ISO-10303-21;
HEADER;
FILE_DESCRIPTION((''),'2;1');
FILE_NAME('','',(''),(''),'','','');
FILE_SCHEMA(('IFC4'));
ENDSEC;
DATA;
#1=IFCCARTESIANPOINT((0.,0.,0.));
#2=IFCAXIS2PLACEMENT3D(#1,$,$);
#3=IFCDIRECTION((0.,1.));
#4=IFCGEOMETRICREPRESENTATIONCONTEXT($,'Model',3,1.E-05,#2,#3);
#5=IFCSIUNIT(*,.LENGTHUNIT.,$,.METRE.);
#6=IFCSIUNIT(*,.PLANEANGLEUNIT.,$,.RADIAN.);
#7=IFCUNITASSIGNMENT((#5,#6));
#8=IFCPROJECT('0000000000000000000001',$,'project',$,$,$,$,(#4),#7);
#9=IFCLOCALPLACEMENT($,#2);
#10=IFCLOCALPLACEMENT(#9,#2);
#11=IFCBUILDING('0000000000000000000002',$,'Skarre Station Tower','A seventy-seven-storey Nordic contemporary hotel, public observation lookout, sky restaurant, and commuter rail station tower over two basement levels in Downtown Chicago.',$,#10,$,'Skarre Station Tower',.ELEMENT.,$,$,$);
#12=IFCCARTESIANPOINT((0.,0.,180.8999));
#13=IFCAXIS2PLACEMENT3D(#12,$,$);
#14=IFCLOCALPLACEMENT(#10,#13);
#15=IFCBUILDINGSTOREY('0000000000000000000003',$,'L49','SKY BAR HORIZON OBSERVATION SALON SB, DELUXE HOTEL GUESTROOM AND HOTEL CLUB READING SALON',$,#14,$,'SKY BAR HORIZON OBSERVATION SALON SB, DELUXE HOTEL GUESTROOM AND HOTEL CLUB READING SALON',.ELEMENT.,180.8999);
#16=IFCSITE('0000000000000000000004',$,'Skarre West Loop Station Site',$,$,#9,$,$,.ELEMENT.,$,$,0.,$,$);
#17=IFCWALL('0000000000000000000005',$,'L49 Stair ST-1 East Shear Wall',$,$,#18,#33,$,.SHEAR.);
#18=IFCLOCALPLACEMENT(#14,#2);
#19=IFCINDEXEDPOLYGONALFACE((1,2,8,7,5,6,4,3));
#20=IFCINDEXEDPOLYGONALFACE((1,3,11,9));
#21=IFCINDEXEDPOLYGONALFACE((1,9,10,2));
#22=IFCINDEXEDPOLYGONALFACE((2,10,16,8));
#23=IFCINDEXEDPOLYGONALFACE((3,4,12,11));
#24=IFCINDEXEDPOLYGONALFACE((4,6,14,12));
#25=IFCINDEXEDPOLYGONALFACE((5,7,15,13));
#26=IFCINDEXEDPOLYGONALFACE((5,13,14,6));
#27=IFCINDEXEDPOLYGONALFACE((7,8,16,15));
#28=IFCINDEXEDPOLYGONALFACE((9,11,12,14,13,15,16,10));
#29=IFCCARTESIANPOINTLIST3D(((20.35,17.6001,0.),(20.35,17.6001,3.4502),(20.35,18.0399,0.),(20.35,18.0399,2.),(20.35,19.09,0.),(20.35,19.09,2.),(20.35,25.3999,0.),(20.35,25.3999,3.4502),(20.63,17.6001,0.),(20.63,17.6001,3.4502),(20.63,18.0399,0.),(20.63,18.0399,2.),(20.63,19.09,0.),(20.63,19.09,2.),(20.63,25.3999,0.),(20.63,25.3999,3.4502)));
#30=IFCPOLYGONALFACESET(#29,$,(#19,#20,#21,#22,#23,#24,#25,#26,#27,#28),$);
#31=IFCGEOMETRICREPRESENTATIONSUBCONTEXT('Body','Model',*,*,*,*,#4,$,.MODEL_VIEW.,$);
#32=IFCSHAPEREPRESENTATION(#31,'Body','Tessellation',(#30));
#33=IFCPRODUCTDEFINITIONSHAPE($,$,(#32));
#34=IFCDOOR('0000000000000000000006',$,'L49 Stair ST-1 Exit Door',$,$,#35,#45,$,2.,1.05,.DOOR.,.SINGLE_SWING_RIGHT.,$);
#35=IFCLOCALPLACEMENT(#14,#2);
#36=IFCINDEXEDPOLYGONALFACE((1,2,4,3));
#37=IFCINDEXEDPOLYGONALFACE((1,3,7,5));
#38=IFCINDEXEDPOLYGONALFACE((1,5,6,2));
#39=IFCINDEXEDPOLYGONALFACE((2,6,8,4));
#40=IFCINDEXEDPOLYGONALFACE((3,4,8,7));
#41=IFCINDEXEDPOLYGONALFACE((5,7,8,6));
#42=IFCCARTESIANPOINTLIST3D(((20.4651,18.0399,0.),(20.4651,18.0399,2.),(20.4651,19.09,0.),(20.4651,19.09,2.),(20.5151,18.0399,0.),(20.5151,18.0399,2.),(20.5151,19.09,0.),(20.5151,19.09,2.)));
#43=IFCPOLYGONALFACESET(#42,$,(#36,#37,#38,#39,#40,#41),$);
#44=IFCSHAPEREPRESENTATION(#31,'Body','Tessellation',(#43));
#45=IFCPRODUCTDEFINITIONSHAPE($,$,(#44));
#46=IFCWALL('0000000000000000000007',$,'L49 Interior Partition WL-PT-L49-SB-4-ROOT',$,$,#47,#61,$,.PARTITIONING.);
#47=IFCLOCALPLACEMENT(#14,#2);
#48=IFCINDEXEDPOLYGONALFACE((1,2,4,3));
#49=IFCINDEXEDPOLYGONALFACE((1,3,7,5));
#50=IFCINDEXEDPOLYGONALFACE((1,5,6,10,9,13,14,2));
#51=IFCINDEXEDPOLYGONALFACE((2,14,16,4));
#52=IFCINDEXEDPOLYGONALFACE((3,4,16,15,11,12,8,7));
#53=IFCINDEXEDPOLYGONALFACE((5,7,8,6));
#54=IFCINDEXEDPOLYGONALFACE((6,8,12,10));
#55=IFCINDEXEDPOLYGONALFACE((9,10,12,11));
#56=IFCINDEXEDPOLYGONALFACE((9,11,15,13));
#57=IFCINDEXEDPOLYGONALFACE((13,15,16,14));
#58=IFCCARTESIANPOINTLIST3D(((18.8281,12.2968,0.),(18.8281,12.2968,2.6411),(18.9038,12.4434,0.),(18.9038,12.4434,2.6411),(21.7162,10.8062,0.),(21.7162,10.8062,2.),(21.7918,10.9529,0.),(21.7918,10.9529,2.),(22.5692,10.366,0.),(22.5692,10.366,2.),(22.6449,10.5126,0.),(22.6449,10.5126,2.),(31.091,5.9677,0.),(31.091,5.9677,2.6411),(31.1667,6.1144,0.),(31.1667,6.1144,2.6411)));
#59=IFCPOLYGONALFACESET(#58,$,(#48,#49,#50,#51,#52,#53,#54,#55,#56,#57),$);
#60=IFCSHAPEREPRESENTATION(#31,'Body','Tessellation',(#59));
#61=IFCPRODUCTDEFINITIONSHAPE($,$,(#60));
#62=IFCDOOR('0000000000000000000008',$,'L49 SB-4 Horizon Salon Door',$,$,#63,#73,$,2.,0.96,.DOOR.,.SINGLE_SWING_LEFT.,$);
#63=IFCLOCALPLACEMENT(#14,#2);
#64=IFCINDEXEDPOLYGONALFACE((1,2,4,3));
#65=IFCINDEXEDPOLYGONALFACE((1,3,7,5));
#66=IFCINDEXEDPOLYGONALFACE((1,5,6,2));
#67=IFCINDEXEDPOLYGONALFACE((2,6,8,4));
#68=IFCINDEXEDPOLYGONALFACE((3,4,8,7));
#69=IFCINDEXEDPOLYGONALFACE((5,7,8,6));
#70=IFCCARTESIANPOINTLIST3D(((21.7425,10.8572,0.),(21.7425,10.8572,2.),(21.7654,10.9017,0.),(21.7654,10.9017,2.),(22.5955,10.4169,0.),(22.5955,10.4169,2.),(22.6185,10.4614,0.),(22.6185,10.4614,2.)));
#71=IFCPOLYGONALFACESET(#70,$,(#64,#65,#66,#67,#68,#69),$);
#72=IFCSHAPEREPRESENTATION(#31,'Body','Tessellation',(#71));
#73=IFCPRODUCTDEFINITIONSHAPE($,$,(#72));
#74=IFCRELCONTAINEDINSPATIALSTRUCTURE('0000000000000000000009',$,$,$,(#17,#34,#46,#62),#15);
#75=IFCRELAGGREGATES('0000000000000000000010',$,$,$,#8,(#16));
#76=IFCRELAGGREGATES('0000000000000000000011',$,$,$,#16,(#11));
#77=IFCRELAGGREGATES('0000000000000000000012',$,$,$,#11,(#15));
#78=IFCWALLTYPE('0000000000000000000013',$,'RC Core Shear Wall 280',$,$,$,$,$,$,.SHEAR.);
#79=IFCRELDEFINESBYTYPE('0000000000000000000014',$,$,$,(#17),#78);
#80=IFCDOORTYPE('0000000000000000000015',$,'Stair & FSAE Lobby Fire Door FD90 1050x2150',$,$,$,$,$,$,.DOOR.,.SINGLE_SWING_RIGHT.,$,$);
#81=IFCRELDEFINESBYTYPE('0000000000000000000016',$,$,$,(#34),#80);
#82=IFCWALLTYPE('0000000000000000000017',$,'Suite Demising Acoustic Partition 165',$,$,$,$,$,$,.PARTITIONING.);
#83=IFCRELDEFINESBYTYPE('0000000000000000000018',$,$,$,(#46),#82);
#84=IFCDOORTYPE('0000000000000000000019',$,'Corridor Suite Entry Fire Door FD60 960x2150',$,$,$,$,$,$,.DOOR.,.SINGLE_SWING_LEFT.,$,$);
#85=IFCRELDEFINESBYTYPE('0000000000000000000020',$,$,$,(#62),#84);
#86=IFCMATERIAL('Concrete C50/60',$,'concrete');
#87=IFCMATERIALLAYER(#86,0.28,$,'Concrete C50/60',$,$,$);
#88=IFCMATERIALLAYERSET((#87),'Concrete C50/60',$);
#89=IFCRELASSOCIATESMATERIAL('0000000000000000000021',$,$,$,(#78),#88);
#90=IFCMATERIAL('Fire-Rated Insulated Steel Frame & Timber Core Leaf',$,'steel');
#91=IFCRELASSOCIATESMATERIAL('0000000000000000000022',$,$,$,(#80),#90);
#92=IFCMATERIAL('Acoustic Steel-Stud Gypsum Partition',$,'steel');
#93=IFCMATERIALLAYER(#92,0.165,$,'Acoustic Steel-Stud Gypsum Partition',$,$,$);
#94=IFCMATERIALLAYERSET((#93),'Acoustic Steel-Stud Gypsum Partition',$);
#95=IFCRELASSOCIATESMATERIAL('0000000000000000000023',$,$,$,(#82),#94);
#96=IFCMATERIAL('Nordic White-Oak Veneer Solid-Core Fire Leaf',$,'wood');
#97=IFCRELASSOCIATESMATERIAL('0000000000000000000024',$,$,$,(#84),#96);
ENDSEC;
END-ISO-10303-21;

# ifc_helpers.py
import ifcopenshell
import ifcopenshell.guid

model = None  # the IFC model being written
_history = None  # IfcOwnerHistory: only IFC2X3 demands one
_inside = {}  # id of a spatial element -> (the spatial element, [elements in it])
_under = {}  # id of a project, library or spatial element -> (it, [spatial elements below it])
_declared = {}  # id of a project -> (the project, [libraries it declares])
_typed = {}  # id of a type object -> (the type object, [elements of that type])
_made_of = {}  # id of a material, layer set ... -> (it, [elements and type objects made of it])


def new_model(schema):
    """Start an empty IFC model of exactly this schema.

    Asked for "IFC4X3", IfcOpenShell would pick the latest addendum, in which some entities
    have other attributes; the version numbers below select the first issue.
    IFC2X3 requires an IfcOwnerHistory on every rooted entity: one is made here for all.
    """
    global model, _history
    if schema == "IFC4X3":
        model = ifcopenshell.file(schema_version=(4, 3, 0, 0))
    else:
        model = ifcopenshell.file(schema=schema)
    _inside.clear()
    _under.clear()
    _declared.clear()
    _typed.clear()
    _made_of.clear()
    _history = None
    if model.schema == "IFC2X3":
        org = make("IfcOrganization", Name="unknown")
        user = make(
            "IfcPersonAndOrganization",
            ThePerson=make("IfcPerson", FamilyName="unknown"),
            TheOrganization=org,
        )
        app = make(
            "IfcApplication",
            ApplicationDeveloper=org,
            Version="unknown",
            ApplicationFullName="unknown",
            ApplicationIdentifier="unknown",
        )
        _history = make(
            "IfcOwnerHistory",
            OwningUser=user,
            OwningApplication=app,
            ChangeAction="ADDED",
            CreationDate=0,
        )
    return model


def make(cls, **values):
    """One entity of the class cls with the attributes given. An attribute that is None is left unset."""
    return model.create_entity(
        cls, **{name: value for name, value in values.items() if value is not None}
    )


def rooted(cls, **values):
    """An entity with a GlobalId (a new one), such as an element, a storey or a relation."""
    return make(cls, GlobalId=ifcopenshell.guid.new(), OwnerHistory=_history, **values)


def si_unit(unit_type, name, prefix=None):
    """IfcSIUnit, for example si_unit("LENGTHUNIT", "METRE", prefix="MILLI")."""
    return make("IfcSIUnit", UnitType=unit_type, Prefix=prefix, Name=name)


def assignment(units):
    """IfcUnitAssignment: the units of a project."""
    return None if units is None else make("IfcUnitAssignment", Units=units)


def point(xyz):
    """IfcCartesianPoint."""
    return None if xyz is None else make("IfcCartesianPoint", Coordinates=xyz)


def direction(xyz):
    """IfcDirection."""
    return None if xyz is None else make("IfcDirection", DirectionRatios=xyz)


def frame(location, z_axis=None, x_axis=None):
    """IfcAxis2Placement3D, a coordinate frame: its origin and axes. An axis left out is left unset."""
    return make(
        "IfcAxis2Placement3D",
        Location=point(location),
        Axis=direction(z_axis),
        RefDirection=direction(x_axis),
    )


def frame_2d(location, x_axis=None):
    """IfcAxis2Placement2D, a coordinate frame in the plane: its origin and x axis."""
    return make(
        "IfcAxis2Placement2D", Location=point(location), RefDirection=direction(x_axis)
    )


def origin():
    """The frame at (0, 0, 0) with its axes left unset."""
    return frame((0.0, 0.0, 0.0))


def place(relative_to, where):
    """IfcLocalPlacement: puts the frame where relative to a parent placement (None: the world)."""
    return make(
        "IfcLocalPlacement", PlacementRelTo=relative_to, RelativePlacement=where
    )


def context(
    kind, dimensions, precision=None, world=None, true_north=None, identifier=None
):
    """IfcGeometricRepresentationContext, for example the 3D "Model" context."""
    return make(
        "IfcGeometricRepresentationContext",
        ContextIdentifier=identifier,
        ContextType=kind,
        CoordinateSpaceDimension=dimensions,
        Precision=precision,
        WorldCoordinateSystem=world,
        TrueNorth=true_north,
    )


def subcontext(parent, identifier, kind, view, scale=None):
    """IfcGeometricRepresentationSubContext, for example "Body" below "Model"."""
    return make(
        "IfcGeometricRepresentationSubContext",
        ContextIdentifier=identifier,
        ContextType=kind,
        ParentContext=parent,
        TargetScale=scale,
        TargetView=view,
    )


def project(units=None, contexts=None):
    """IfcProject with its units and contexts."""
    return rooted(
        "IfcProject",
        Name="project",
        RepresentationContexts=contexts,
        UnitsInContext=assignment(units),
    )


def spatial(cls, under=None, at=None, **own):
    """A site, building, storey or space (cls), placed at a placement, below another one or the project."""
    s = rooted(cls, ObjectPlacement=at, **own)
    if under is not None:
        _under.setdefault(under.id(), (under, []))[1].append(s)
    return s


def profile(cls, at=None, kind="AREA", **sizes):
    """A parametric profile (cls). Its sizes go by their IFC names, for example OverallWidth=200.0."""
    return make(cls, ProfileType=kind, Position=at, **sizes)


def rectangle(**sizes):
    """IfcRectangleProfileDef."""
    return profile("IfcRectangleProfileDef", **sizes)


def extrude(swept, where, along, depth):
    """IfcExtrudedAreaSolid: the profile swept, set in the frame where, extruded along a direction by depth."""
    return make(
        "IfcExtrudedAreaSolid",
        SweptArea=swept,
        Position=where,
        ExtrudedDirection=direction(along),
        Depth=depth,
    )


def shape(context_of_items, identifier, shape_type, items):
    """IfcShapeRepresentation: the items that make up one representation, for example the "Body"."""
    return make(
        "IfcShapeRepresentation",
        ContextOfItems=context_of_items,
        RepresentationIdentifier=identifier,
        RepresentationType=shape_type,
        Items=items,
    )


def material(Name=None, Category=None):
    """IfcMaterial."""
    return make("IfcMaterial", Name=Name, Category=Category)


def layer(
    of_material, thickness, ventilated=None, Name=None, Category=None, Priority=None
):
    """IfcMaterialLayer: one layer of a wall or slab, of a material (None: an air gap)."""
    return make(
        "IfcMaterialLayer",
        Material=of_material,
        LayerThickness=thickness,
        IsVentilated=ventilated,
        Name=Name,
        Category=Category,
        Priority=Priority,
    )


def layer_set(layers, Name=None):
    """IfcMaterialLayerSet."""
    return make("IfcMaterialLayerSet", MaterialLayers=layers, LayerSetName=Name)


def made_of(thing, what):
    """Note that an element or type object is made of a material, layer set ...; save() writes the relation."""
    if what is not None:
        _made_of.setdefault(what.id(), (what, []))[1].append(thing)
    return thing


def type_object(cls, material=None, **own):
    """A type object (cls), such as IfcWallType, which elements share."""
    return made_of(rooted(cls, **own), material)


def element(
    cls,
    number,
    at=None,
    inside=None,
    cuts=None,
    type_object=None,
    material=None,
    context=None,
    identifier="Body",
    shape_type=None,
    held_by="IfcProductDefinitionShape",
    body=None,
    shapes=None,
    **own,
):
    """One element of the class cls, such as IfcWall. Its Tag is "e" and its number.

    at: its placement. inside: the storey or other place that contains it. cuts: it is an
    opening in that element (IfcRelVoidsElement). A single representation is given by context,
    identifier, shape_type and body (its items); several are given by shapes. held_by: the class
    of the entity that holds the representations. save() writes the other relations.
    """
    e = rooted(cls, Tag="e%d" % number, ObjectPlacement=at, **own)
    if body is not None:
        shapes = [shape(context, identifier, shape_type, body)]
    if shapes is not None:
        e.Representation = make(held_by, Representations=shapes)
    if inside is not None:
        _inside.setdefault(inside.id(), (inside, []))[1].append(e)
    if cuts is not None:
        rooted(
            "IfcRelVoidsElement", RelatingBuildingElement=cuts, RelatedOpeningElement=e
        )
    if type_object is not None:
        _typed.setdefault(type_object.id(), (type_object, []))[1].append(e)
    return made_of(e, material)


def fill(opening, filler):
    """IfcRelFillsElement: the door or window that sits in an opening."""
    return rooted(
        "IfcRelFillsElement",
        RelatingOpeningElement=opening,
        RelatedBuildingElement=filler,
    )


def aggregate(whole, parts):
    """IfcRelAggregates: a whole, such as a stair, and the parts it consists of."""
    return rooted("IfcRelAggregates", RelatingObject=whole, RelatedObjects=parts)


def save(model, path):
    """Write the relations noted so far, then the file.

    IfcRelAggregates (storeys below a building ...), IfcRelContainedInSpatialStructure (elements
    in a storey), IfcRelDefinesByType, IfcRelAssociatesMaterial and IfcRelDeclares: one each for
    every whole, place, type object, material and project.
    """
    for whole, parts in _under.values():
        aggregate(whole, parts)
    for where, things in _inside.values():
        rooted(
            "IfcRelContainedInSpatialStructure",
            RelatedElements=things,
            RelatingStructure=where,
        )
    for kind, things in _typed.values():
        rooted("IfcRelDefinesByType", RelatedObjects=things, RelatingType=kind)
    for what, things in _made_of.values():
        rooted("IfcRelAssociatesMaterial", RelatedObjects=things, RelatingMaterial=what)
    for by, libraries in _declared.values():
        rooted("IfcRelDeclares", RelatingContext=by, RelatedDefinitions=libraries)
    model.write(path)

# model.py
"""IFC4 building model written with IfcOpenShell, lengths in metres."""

from ifc_helpers import new_model, si_unit, direction, frame, frame_2d, origin, place, context, subcontext, project, spatial, rectangle, extrude, material, layer, layer_set, type_object, element, fill, save


model = new_model("IFC4")

# Units and contexts
model_context = context("Model", 3, precision=1e-05, world=origin(), true_north=direction((0.0, 1.0)))
body_context = subcontext(model_context, "Body", "Model", "MODEL_VIEW")
ifc_project = project(units=[si_unit("LENGTHUNIT", "METRE"), si_unit("PLANEANGLEUNIT", "RADIAN")], contexts=[model_context])

# Site, building, storey
site_placement = place(None, origin())
site = spatial("IfcSite", under=ifc_project, at=site_placement, Name="Skarre West Loop Station Site", CompositionType="ELEMENT", RefElevation=0.0)
building_placement = place(site_placement, origin())
building = spatial("IfcBuilding", under=site, at=building_placement, Name="Skarre Station Tower", Description="A seventy-seven-storey Nordic contemporary hotel, public observation lookout, sky restaurant, and commuter rail station tower over two basement levels in Downtown Chicago.", LongName="Skarre Station Tower", CompositionType="ELEMENT")
storey_placement = place(building_placement, frame((0.0, 0.0, 180.8999)))
storey = spatial("IfcBuildingStorey", under=building, at=storey_placement, Name="L49", Description="SKY BAR HORIZON OBSERVATION SALON SB, DELUXE HOTEL GUESTROOM AND HOTEL CLUB READING SALON", LongName="SKY BAR HORIZON OBSERVATION SALON SB, DELUXE HOTEL GUESTROOM AND HOTEL CLUB READING SALON", CompositionType="ELEMENT", Elevation=180.8999)

# Shared definitions
ifc_material_1 = material(Name="Acoustic Steel-Stud Gypsum Partition", Category="steel")

# Shared definitions
ifc_material_2 = material(Name="Concrete C50/60", Category="concrete")
ifc_layer_1 = layer(ifc_material_2, 0.28, Name="Concrete C50/60")
ifc_layer_set_1 = layer_set([ifc_layer_1], Name="Concrete C50/60")
wall_type_1 = type_object("IfcWallType", Name="RC Core Shear Wall 280", PredefinedType="SHEAR", material=ifc_layer_set_1)

# Walls, openings, doors
wall_1_placement = place(storey_placement, frame((20.49, 17.6001, 0.0), z_axis=(0.0, 0.0, 1.0), x_axis=(0.0, 1.0, 0.0)))
wall_1 = element("IfcWall", 1, at=wall_1_placement, inside=storey, type_object=wall_type_1, Name="L49 Stair ST-1 East Shear Wall", PredefinedType="SHEAR", context=body_context, shape_type="SweptSolid", body=[
    extrude(rectangle(XDim=7.7998, YDim=0.28, at=frame_2d((3.8999, 0.0))), origin(), (0.0, 0.0, 1.0), 3.4502),
])
opening_1_placement = place(wall_1_placement, frame((0.4399, 0.0, 0.0)))
opening_1 = element("IfcOpeningElement", 2, at=opening_1_placement, cuts=wall_1, PredefinedType="OPENING", context=body_context, shape_type="SweptSolid", body=[
    extrude(rectangle(XDim=1.05, YDim=2.0, at=frame_2d((0.5249, 1.0))), frame((0.0, 0.1499, 0.0), z_axis=(0.0, -1.0, 0.0), x_axis=(1.0, 0.0, 0.0)), (0.0, 0.0, 1.0), 0.3),
])
ifc_material_3 = material(Name="Fire-Rated Insulated Steel Frame & Timber Core Leaf", Category="steel")
door_type_1 = type_object("IfcDoorType", Name="Stair & FSAE Lobby Fire Door FD90 1050x2150", OperationType="SINGLE_SWING_RIGHT", PredefinedType="DOOR", material=ifc_material_3)
door_1_placement = place(opening_1_placement, origin())
door_1 = element("IfcDoor", 3, at=door_1_placement, inside=storey, type_object=door_type_1, Name="L49 Stair ST-1 Exit Door", OperationType="SINGLE_SWING_RIGHT", OverallHeight=2.0, OverallWidth=1.05, PredefinedType="DOOR", context=body_context, shape_type="SweptSolid", body=[
    extrude(rectangle(XDim=1.05, YDim=2.0, at=frame_2d((0.5249, 1.0))), frame((0.0, 0.0249, 0.0), z_axis=(0.0, -1.0, 0.0), x_axis=(1.0, 0.0, 0.0)), (0.0, 0.0, 1.0), 0.05),
])
fill(opening_1, door_1)
ifc_layer_2 = layer(ifc_material_1, 0.165, Name="Acoustic Steel-Stud Gypsum Partition")
ifc_layer_set_2 = layer_set([ifc_layer_2], Name="Acoustic Steel-Stud Gypsum Partition")
wall_type_2 = type_object("IfcWallType", Name="Suite Demising Acoustic Partition 165", PredefinedType="PARTITIONING", material=ifc_layer_set_2)
wall_2_placement = place(storey_placement, frame((18.866, 12.3701, 0.0), z_axis=(0.0, 0.0, 1.0), x_axis=(0.888625, -0.458634, 0.0)))
wall_2 = element("IfcWall", 4, at=wall_2_placement, inside=storey, type_object=wall_type_2, Name="L49 Interior Partition WL-PT-L49-SB-4-ROOT", PredefinedType="PARTITIONING", context=body_context, shape_type="SweptSolid", body=[
    extrude(rectangle(XDim=13.7998, YDim=0.165, at=frame_2d((6.8999, 0.0))), origin(), (0.0, 0.0, 1.0), 2.6411),
])
opening_2_placement = place(wall_2_placement, frame((3.25, 0.0, 0.0)))
opening_2 = element("IfcOpeningElement", 5, at=opening_2_placement, cuts=wall_2, PredefinedType="OPENING", context=body_context, shape_type="SweptSolid", body=[
    extrude(rectangle(XDim=0.96, YDim=2.0, at=frame_2d((0.48, 1.0))), frame((0.0, 0.0925, 0.0), z_axis=(0.0, -1.0, 0.0), x_axis=(1.0, 0.0, 0.0)), (0.0, 0.0, 1.0), 0.1851),
])
ifc_material_4 = material(Name="Nordic White-Oak Veneer Solid-Core Fire Leaf", Category="wood")
door_type_2 = type_object("IfcDoorType", Name="Corridor Suite Entry Fire Door FD60 960x2150", OperationType="SINGLE_SWING_LEFT", PredefinedType="DOOR", material=ifc_material_4)
door_2_placement = place(opening_2_placement, origin())
door_2 = element("IfcDoor", 6, at=door_2_placement, inside=storey, type_object=door_type_2, Name="L49 SB-4 Horizon Salon Door", OperationType="SINGLE_SWING_LEFT", OverallHeight=2.0, OverallWidth=0.96, PredefinedType="DOOR", context=body_context, shape_type="SweptSolid", body=[
    extrude(rectangle(XDim=0.96, YDim=2.0, at=frame_2d((0.48, 1.0))), frame((0.0, 0.0249, 0.0), z_axis=(0.0, -1.0, 0.0), x_axis=(1.0, 0.0, 0.0)), (0.0, 0.0, 1.0), 0.05),
])
fill(opening_2, door_2)

save(model, "model.ifc")
